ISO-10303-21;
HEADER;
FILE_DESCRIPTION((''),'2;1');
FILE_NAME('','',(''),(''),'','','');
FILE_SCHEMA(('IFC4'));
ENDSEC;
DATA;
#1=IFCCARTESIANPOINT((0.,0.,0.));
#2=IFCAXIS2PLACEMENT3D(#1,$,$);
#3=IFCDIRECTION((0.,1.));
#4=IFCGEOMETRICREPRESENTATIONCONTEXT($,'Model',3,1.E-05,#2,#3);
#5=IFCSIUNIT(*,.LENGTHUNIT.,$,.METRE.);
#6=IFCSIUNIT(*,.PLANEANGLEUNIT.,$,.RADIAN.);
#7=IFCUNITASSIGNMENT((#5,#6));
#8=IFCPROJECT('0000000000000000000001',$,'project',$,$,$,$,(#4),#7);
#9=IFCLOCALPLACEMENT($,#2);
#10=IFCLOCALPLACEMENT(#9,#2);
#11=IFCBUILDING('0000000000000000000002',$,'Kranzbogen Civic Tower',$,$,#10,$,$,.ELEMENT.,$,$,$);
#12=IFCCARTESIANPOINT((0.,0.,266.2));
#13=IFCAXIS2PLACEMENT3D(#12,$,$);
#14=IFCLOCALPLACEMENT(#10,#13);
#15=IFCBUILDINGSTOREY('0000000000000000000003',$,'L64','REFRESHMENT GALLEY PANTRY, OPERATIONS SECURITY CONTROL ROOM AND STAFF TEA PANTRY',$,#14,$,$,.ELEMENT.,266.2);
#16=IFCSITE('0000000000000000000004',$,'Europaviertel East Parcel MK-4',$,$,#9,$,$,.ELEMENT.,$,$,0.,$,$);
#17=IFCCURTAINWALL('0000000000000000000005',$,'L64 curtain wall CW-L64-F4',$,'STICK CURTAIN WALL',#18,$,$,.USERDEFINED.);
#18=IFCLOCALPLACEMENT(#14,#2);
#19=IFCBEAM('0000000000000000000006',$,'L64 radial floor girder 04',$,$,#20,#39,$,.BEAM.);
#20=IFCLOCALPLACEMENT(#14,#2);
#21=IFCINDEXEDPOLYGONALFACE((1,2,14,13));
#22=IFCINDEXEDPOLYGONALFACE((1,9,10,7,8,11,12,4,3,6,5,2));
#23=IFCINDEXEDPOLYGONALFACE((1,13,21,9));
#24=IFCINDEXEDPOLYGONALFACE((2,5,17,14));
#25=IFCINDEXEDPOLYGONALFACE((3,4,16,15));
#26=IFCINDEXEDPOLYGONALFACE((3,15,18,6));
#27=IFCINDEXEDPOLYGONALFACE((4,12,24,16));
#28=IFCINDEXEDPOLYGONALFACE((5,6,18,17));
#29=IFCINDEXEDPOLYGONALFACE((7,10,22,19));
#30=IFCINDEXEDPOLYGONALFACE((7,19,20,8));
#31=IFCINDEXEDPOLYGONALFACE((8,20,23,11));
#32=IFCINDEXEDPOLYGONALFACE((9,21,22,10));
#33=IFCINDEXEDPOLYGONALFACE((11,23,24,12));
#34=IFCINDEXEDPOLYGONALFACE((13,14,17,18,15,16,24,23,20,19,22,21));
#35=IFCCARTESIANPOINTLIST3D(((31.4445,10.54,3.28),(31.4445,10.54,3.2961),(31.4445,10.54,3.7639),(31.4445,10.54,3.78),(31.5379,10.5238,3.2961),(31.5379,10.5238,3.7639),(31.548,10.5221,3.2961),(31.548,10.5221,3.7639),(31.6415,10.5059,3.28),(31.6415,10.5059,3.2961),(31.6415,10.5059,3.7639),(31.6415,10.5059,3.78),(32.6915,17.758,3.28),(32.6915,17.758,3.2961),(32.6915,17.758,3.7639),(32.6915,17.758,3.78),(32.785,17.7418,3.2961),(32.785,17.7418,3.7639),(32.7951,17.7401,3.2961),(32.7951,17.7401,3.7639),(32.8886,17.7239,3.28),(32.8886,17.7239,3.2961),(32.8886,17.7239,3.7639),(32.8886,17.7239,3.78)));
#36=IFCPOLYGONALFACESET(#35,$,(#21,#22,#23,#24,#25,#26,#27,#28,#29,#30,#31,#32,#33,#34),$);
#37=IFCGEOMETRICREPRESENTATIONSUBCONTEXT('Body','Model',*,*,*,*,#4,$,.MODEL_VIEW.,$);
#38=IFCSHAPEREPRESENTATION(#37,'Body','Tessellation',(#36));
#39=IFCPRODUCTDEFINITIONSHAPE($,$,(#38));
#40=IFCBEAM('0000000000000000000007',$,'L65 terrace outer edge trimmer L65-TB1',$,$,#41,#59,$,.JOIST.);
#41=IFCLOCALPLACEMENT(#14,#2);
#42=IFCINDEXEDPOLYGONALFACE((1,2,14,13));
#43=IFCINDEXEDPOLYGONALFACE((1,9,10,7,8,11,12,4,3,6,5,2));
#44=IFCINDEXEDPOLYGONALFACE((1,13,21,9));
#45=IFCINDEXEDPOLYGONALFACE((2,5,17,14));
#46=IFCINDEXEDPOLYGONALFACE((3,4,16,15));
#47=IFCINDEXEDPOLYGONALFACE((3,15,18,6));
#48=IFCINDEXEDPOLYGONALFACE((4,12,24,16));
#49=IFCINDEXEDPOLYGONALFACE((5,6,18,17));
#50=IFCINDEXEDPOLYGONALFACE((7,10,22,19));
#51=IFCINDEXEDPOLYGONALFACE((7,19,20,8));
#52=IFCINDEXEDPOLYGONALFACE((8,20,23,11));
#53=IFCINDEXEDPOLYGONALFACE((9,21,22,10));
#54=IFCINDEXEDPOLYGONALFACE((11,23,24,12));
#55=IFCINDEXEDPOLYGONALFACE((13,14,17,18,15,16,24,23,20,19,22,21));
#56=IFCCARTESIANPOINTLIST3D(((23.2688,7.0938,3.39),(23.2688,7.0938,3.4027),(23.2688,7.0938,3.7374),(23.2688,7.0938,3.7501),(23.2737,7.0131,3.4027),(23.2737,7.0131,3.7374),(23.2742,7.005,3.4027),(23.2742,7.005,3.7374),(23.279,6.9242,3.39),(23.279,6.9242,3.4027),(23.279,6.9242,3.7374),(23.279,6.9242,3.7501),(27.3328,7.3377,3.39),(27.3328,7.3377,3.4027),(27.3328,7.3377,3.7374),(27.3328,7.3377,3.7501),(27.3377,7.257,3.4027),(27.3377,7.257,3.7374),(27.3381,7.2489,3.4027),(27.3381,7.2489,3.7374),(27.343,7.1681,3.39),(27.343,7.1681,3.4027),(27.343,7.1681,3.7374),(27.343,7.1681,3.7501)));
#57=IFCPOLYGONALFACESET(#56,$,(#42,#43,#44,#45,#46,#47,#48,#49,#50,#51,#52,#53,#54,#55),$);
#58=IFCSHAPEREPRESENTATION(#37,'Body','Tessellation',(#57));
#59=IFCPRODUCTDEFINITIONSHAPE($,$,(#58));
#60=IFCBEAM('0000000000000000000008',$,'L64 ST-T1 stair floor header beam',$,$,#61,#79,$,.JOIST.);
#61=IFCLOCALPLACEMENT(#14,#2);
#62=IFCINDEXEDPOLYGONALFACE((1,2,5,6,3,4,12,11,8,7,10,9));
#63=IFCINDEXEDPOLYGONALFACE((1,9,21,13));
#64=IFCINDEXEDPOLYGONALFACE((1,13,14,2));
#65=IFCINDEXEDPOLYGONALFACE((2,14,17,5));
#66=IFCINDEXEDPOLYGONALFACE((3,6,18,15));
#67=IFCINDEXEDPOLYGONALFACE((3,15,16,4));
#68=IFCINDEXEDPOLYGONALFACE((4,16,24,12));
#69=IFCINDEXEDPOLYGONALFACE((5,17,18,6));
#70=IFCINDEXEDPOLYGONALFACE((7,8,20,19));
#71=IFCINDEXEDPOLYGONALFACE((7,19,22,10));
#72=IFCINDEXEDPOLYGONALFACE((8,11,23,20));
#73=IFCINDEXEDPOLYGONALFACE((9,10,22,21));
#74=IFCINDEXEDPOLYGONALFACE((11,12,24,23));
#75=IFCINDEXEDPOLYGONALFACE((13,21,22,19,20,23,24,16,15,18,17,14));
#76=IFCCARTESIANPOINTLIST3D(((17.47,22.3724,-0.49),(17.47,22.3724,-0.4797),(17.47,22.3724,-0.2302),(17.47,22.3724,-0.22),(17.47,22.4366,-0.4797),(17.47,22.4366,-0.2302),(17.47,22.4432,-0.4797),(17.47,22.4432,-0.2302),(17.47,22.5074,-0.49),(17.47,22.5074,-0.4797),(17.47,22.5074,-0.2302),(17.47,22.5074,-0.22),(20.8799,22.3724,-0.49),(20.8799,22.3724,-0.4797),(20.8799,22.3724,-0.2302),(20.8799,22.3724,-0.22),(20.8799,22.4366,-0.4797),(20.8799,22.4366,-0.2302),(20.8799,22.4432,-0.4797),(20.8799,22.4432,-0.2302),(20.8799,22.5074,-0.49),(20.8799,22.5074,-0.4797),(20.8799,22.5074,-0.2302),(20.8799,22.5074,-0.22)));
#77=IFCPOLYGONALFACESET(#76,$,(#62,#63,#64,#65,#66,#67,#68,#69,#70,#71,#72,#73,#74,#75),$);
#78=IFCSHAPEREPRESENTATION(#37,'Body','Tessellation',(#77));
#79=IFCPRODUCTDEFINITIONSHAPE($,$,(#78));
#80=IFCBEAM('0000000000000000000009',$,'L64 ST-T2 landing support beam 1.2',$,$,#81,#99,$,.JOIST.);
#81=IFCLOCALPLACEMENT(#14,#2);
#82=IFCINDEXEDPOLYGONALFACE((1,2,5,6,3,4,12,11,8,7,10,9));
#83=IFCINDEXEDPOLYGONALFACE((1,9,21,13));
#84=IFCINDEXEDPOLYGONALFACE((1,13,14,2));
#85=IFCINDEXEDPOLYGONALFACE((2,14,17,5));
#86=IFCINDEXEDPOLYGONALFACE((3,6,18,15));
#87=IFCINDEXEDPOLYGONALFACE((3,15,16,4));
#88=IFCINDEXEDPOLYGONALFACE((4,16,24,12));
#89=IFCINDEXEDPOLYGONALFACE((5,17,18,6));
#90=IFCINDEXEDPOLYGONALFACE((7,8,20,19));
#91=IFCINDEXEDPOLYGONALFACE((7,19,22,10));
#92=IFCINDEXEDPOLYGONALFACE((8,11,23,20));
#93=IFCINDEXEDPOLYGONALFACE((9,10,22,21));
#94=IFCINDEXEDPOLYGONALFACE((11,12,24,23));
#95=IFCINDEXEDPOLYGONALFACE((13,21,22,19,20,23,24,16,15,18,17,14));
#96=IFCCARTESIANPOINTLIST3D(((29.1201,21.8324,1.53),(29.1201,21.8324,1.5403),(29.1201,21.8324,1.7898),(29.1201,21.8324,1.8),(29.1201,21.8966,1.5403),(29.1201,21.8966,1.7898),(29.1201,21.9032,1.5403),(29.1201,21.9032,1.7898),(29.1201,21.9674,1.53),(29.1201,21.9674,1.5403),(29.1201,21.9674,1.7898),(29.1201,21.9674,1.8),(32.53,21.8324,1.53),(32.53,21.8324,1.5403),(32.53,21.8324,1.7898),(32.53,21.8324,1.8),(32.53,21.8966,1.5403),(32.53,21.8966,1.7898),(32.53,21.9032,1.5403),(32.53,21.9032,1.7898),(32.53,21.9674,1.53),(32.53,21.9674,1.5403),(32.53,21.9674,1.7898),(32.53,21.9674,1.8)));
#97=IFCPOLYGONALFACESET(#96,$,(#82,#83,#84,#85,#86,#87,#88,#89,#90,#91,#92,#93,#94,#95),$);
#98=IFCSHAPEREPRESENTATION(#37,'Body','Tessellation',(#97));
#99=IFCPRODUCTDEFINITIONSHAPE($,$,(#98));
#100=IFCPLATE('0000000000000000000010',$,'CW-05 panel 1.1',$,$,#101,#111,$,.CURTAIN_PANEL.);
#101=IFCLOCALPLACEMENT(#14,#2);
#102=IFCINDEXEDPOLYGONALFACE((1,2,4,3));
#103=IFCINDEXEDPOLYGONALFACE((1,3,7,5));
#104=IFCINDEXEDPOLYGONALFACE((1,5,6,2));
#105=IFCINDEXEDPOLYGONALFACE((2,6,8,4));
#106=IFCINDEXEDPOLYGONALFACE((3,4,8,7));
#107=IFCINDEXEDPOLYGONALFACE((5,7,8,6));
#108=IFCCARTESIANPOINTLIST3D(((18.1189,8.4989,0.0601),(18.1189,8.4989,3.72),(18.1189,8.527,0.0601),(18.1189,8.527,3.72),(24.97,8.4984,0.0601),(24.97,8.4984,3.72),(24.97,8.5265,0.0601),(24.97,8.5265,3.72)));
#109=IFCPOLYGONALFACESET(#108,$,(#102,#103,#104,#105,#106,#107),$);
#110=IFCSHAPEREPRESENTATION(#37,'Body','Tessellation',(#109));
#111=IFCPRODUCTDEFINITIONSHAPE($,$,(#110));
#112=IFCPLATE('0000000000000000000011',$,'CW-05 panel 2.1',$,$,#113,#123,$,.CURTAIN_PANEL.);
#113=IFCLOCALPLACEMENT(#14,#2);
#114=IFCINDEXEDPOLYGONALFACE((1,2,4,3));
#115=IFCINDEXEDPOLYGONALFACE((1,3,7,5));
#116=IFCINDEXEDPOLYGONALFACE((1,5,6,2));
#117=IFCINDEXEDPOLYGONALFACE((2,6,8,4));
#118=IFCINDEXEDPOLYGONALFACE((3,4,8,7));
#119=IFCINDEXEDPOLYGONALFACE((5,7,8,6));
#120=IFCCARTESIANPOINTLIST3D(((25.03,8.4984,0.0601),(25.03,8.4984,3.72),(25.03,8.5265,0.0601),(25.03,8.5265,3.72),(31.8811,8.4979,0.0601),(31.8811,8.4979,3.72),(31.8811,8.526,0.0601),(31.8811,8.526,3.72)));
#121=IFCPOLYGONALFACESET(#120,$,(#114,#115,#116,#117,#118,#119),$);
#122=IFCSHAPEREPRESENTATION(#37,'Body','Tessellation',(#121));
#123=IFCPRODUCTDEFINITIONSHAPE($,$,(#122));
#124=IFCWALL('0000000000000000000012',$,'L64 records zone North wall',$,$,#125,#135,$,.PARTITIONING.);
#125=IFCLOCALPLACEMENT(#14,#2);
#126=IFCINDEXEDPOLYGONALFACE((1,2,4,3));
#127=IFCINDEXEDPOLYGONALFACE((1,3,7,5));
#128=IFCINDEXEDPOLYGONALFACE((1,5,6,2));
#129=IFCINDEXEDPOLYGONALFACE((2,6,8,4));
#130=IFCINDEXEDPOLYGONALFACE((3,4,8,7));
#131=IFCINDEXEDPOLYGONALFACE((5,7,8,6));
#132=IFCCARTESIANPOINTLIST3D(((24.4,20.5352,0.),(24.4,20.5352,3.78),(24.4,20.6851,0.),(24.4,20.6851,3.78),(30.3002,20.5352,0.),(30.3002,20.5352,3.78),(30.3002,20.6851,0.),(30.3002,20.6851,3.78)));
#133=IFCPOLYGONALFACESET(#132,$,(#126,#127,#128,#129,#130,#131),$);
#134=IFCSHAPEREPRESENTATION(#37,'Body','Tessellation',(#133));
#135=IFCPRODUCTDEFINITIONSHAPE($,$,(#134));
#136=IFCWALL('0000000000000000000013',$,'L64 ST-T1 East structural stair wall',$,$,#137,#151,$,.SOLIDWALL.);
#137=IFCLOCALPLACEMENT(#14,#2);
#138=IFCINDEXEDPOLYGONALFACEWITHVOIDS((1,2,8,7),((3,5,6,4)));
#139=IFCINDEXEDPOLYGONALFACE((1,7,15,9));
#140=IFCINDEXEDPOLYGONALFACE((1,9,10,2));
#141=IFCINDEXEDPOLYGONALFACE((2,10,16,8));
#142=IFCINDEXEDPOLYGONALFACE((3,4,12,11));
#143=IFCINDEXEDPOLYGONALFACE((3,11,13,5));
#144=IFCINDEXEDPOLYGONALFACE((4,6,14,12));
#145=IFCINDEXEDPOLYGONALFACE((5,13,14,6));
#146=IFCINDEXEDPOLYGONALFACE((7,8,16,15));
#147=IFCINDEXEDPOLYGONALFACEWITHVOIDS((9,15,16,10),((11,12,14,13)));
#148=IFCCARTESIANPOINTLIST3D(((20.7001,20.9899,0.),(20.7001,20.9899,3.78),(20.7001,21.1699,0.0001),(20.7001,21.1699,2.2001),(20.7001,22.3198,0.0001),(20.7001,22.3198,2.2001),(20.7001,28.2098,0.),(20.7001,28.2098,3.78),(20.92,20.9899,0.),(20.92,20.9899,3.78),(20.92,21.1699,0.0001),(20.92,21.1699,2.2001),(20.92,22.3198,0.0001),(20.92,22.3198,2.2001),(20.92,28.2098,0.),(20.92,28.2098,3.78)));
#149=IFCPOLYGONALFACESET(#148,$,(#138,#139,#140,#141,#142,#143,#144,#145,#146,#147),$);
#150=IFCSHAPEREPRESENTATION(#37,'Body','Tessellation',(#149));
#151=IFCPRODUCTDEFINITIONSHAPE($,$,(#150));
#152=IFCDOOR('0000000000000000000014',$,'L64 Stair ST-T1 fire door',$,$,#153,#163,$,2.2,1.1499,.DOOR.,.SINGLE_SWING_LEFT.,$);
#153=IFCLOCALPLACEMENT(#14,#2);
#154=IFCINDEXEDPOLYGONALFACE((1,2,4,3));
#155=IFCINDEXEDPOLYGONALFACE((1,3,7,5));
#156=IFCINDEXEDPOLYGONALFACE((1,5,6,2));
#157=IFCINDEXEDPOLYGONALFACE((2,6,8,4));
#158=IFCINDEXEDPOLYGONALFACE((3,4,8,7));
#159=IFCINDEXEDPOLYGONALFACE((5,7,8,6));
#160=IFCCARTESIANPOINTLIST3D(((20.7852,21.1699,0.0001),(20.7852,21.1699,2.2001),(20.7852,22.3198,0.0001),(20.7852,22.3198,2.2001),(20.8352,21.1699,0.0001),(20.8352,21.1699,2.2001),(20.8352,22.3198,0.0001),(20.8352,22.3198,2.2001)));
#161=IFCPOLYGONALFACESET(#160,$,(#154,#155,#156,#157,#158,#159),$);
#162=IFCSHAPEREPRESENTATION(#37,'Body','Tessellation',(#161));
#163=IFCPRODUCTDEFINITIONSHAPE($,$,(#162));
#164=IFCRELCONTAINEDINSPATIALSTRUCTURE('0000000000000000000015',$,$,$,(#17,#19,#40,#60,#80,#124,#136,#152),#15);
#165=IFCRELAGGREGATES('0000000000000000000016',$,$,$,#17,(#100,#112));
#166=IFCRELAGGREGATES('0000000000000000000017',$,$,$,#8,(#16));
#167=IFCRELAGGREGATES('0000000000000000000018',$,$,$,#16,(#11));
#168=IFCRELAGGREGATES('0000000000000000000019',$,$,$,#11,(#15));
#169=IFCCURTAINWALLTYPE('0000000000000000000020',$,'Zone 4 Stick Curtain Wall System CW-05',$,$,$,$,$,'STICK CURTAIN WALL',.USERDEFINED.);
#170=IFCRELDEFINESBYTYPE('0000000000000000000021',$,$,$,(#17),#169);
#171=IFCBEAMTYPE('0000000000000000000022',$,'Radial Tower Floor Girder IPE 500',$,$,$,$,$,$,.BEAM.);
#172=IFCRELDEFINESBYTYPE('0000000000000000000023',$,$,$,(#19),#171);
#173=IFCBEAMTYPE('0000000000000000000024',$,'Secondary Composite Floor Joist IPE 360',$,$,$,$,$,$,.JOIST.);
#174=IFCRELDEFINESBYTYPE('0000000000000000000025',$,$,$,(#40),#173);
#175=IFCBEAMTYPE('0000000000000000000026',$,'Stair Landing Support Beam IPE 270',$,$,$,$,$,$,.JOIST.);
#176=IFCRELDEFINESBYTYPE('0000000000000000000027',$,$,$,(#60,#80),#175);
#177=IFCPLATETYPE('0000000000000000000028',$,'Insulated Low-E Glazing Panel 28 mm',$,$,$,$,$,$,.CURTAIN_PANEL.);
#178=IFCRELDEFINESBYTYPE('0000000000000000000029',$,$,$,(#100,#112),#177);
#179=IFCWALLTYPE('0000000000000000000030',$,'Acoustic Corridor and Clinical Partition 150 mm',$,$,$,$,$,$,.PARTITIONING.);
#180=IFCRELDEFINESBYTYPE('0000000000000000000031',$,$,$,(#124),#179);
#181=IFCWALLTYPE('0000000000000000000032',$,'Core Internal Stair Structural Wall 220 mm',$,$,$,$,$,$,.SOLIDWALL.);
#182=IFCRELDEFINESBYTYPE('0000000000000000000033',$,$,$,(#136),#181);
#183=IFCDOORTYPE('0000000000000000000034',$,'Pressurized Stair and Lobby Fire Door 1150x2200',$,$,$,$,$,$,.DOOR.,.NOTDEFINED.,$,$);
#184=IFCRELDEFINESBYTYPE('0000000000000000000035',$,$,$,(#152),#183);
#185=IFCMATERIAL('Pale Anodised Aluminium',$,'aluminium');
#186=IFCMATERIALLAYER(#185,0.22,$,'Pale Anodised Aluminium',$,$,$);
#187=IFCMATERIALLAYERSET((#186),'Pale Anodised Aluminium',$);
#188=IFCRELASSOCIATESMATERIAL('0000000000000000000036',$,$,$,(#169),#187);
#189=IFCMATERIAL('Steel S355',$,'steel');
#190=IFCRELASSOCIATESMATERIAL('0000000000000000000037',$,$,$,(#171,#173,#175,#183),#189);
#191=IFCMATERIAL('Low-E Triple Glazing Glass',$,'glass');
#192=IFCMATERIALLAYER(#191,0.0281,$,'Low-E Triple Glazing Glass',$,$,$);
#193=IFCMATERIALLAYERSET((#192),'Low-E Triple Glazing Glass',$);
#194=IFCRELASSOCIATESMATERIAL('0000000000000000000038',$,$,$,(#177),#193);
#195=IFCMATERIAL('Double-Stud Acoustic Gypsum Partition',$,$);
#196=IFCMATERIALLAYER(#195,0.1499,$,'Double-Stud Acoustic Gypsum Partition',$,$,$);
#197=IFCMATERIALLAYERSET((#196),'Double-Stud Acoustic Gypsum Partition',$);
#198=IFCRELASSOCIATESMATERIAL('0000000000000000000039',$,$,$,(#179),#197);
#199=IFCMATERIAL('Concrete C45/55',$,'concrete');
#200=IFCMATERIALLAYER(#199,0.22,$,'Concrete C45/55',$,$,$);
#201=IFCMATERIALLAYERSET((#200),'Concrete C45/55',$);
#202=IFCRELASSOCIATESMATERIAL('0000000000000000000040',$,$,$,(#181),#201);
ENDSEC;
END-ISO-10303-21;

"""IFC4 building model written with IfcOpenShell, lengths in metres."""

from ifc_helpers import new_model, si_unit, direction, frame, frame_2d, origin, origin_2d, place, context, subcontext, project, spatial, rectangle, i_section, extrude, material, layer, layer_set, material_profile, profile_set, type_object, element, fill, aggregate, save


model = new_model("IFC4")

# Units and contexts
model_context = context("Model", 3, precision=1e-05, world=origin(), true_north=direction((0.0, 1.0)))
body_context = subcontext(model_context, "Body", "Model", "MODEL_VIEW")
ifc_project = project(units=[si_unit("LENGTHUNIT", "METRE"), si_unit("PLANEANGLEUNIT", "RADIAN")], contexts=[model_context])

# Site, building, storey
site_placement = place(None, origin())
site = spatial("IfcSite", under=ifc_project, at=site_placement, Name="Europaviertel East Parcel MK-4", CompositionType="ELEMENT", RefElevation=0.0)
building_placement = place(site_placement, origin())
building = spatial("IfcBuilding", under=site, at=building_placement, Name="Kranzbogen Civic Tower", CompositionType="ELEMENT")
storey_placement = place(building_placement, frame((0.0, 0.0, 266.2)))
storey = spatial("IfcBuildingStorey", under=building, at=storey_placement, Name="L64", Description="REFRESHMENT GALLEY PANTRY, OPERATIONS SECURITY CONTROL ROOM AND STAFF TEA PANTRY", CompositionType="ELEMENT", Elevation=266.2)

# Shared definitions
ifc_material_1 = material(Name="Steel S355", Category="steel")

# Curtain wall
ifc_material_2 = material(Name="Pale Anodised Aluminium", Category="aluminium")
ifc_layer_1 = layer(ifc_material_2, 0.22, Name="Pale Anodised Aluminium")
ifc_layer_set_1 = layer_set([ifc_layer_1], Name="Pale Anodised Aluminium")
curtain_wall_type = type_object("IfcCurtainWallType", Name="Zone 4 Stick Curtain Wall System CW-05", ElementType="STICK CURTAIN WALL", PredefinedType="USERDEFINED", material=ifc_layer_set_1)
curtain_wall_placement = place(storey_placement, origin())
curtain_wall = element("IfcCurtainWall", 1, at=curtain_wall_placement, inside=storey, type_object=curtain_wall_type, Name="L64 curtain wall CW-L64-F4", ObjectType="STICK CURTAIN WALL", PredefinedType="USERDEFINED")

# Beams
ifc_material_profile_1 = material_profile(ifc_material_1, i_section(OverallWidth=0.2, OverallDepth=0.5, WebThickness=0.0103, FlangeThickness=0.0161, at=origin_2d()), Name="IPE 500")
ifc_profile_set_1 = profile_set([ifc_material_profile_1], Name="Steel S355")
beam_type_1 = type_object("IfcBeamType", Name="Radial Tower Floor Girder IPE 500", PredefinedType="BEAM", material=ifc_profile_set_1)
beam_1_placement = place(storey_placement, frame((31.543, 10.5229, 3.53), z_axis=(0.17025, 0.985401, 0.0), x_axis=(-0.985401, 0.17025, 0.0)))
element("IfcBeam", 2, at=beam_1_placement, inside=storey, type_object=beam_type_1, Name="L64 radial floor girder 04", PredefinedType="BEAM", context=body_context, shape_type="SweptSolid", body=[
    extrude(i_section(OverallWidth=0.2, OverallDepth=0.5, WebThickness=0.0103, FlangeThickness=0.0161, at=origin_2d()), origin(), (0.0, 0.0, 1.0), 7.325),
])
ifc_material_profile_2 = material_profile(ifc_material_1, i_section(OverallWidth=0.1699, OverallDepth=0.3601, WebThickness=0.0081, FlangeThickness=0.0127, at=origin_2d()), Name="IPE 360")
ifc_profile_set_2 = profile_set([ifc_material_profile_2], Name="Steel S355")
beam_type_2 = type_object("IfcBeamType", Name="Secondary Composite Floor Joist IPE 360", PredefinedType="JOIST", material=ifc_profile_set_2)
beam_2_placement = place(storey_placement, frame((23.2739, 7.009, 3.5701), z_axis=(0.998204, 0.059907, 0.0), x_axis=(-0.059907, 0.998204, 0.0)))
element("IfcBeam", 3, at=beam_2_placement, inside=storey, type_object=beam_type_2, Name="L65 terrace outer edge trimmer L65-TB1", PredefinedType="JOIST", context=body_context, shape_type="SweptSolid", body=[
    extrude(i_section(OverallWidth=0.1699, OverallDepth=0.3601, WebThickness=0.0081, FlangeThickness=0.0127, at=origin_2d()), origin(), (0.0, 0.0, 1.0), 4.0713),
])
ifc_material_profile_3 = material_profile(ifc_material_1, i_section(OverallWidth=0.135, OverallDepth=0.27, WebThickness=0.0066, FlangeThickness=0.0103, at=origin_2d()), Name="IPE 270")
ifc_profile_set_3 = profile_set([ifc_material_profile_3], Name="Steel S355")
beam_type_3 = type_object("IfcBeamType", Name="Stair Landing Support Beam IPE 270", PredefinedType="JOIST", material=ifc_profile_set_3)
for number, where, z_axis, x_axis, name in (
    (4, (20.8799, 22.4399, -0.355), (-1.0, 0.0, 0.0), (0.0, -1.0, 0.0), "L64 ST-T1 stair floor header beam"),
    (5, (29.1201, 21.8999, 1.665), (1.0, 0.0, 0.0), (0.0, 1.0, 0.0), "L64 ST-T2 landing support beam 1.2"),
):
    element("IfcBeam", number, at=place(storey_placement, frame(where, z_axis=z_axis, x_axis=x_axis)), inside=storey, type_object=beam_type_3, Name=name, PredefinedType="JOIST", context=body_context, shape_type="SweptSolid", body=[
        extrude(i_section(OverallWidth=0.135, OverallDepth=0.27, WebThickness=0.0066, FlangeThickness=0.0103, at=origin_2d()), origin(), (0.0, 0.0, 1.0), 3.4099),
    ])

# Plates
ifc_material_3 = material(Name="Low-E Triple Glazing Glass", Category="glass")
ifc_layer_2 = layer(ifc_material_3, 0.0281, Name="Low-E Triple Glazing Glass")
ifc_layer_set_2 = layer_set([ifc_layer_2], Name="Low-E Triple Glazing Glass")
plate_type = type_object("IfcPlateType", Name="Insulated Low-E Glazing Panel 28 mm", PredefinedType="CURTAIN_PANEL", material=ifc_layer_set_2)
plate_1_placement = place(storey_placement, frame((21.5444, 8.5127, 0.0601), z_axis=(0.0, 0.0, 1.0), x_axis=(1.0, -0.000072, 0.0)))
plate_1 = element("IfcPlate", 6, at=plate_1_placement, type_object=plate_type, Name="CW-05 panel 1.1", PredefinedType="CURTAIN_PANEL", context=body_context, shape_type="SweptSolid", body=[
    extrude(rectangle(XDim=6.8511, YDim=0.0281, at=origin_2d()), origin(), (0.0, 0.0, 1.0), 3.6599),
])
plate_2_placement = place(storey_placement, frame((28.4556, 8.5122, 0.0601), z_axis=(0.0, 0.0, 1.0), x_axis=(1.0, -0.000072, 0.0)))
plate_2 = element("IfcPlate", 7, at=plate_2_placement, type_object=plate_type, Name="CW-05 panel 2.1", PredefinedType="CURTAIN_PANEL", context=body_context, shape_type="SweptSolid", body=[
    extrude(rectangle(XDim=6.8511, YDim=0.0281, at=origin_2d()), origin(), (0.0, 0.0, 1.0), 3.6599),
])
aggregate(curtain_wall, [plate_1, plate_2])

# Wall
ifc_material_4 = material(Name="Double-Stud Acoustic Gypsum Partition")
ifc_layer_3 = layer(ifc_material_4, 0.1499, Name="Double-Stud Acoustic Gypsum Partition")
ifc_layer_set_3 = layer_set([ifc_layer_3], Name="Double-Stud Acoustic Gypsum Partition")
wall_type_1 = type_object("IfcWallType", Name="Acoustic Corridor and Clinical Partition 150 mm", PredefinedType="PARTITIONING", material=ifc_layer_set_3)
wall_1_placement = place(storey_placement, frame((24.3999, 20.6101, 0.0), z_axis=(0.0, 0.0, 1.0), x_axis=(1.0, 0.0, 0.0)))
element("IfcWall", 8, at=wall_1_placement, inside=storey, type_object=wall_type_1, Name="L64 records zone North wall", PredefinedType="PARTITIONING", context=body_context, shape_type="SweptSolid", body=[
    extrude(rectangle(XDim=5.9001, YDim=0.1499, at=frame_2d((2.9502, 0.0))), origin(), (0.0, 0.0, 1.0), 3.78),
])

# Wall, opening, door
ifc_material_5 = material(Name="Concrete C45/55", Category="concrete")
ifc_layer_4 = layer(ifc_material_5, 0.22, Name="Concrete C45/55")
ifc_layer_set_4 = layer_set([ifc_layer_4], Name="Concrete C45/55")
wall_type_2 = type_object("IfcWallType", Name="Core Internal Stair Structural Wall 220 mm", PredefinedType="SOLIDWALL", material=ifc_layer_set_4)
wall_2_placement = place(storey_placement, frame((20.8101, 20.99, 0.0), z_axis=(0.0, 0.0, 1.0), x_axis=(0.0, 1.0, 0.0)))
wall_2 = element("IfcWall", 9, at=wall_2_placement, inside=storey, type_object=wall_type_2, Name="L64 ST-T1 East structural stair wall", PredefinedType="SOLIDWALL", context=body_context, shape_type="SweptSolid", body=[
    extrude(rectangle(XDim=7.22, YDim=0.22, at=frame_2d((3.6099, 0.0))), origin(), (0.0, 0.0, 1.0), 3.78),
])
opening_1_placement = place(wall_2_placement, frame((0.1799, 0.0, 0.0)))
opening_1 = element("IfcOpeningElement", 10, at=opening_1_placement, cuts=wall_2, PredefinedType="OPENING", context=body_context, shape_type="SweptSolid", body=[
    extrude(rectangle(XDim=1.1499, YDim=2.2, at=frame_2d((0.575, 1.1001))), frame((0.0, 0.1201, 0.0), z_axis=(0.0, -1.0, 0.0), x_axis=(1.0, 0.0, 0.0)), (0.0, 0.0, 1.0), 0.24),
])
door_type_1 = type_object("IfcDoorType", Name="Pressurized Stair and Lobby Fire Door 1150x2200", OperationType="NOTDEFINED", PredefinedType="DOOR", material=ifc_material_1)
door_1_placement = place(opening_1_placement, origin())
door_1 = element("IfcDoor", 11, at=door_1_placement, inside=storey, type_object=door_type_1, Name="L64 Stair ST-T1 fire door", OperationType="SINGLE_SWING_LEFT", OverallHeight=2.2, OverallWidth=1.1499, PredefinedType="DOOR", context=body_context, shape_type="SweptSolid", body=[
    extrude(rectangle(XDim=1.1499, YDim=2.2, at=frame_2d((0.575, 1.1001))), frame((0.0, 0.0249, 0.0), z_axis=(0.0, -1.0, 0.0), x_axis=(1.0, 0.0, 0.0)), (0.0, 0.0, 1.0), 0.05),
])
fill(opening_1, door_1)

save(model, "model.ifc")
